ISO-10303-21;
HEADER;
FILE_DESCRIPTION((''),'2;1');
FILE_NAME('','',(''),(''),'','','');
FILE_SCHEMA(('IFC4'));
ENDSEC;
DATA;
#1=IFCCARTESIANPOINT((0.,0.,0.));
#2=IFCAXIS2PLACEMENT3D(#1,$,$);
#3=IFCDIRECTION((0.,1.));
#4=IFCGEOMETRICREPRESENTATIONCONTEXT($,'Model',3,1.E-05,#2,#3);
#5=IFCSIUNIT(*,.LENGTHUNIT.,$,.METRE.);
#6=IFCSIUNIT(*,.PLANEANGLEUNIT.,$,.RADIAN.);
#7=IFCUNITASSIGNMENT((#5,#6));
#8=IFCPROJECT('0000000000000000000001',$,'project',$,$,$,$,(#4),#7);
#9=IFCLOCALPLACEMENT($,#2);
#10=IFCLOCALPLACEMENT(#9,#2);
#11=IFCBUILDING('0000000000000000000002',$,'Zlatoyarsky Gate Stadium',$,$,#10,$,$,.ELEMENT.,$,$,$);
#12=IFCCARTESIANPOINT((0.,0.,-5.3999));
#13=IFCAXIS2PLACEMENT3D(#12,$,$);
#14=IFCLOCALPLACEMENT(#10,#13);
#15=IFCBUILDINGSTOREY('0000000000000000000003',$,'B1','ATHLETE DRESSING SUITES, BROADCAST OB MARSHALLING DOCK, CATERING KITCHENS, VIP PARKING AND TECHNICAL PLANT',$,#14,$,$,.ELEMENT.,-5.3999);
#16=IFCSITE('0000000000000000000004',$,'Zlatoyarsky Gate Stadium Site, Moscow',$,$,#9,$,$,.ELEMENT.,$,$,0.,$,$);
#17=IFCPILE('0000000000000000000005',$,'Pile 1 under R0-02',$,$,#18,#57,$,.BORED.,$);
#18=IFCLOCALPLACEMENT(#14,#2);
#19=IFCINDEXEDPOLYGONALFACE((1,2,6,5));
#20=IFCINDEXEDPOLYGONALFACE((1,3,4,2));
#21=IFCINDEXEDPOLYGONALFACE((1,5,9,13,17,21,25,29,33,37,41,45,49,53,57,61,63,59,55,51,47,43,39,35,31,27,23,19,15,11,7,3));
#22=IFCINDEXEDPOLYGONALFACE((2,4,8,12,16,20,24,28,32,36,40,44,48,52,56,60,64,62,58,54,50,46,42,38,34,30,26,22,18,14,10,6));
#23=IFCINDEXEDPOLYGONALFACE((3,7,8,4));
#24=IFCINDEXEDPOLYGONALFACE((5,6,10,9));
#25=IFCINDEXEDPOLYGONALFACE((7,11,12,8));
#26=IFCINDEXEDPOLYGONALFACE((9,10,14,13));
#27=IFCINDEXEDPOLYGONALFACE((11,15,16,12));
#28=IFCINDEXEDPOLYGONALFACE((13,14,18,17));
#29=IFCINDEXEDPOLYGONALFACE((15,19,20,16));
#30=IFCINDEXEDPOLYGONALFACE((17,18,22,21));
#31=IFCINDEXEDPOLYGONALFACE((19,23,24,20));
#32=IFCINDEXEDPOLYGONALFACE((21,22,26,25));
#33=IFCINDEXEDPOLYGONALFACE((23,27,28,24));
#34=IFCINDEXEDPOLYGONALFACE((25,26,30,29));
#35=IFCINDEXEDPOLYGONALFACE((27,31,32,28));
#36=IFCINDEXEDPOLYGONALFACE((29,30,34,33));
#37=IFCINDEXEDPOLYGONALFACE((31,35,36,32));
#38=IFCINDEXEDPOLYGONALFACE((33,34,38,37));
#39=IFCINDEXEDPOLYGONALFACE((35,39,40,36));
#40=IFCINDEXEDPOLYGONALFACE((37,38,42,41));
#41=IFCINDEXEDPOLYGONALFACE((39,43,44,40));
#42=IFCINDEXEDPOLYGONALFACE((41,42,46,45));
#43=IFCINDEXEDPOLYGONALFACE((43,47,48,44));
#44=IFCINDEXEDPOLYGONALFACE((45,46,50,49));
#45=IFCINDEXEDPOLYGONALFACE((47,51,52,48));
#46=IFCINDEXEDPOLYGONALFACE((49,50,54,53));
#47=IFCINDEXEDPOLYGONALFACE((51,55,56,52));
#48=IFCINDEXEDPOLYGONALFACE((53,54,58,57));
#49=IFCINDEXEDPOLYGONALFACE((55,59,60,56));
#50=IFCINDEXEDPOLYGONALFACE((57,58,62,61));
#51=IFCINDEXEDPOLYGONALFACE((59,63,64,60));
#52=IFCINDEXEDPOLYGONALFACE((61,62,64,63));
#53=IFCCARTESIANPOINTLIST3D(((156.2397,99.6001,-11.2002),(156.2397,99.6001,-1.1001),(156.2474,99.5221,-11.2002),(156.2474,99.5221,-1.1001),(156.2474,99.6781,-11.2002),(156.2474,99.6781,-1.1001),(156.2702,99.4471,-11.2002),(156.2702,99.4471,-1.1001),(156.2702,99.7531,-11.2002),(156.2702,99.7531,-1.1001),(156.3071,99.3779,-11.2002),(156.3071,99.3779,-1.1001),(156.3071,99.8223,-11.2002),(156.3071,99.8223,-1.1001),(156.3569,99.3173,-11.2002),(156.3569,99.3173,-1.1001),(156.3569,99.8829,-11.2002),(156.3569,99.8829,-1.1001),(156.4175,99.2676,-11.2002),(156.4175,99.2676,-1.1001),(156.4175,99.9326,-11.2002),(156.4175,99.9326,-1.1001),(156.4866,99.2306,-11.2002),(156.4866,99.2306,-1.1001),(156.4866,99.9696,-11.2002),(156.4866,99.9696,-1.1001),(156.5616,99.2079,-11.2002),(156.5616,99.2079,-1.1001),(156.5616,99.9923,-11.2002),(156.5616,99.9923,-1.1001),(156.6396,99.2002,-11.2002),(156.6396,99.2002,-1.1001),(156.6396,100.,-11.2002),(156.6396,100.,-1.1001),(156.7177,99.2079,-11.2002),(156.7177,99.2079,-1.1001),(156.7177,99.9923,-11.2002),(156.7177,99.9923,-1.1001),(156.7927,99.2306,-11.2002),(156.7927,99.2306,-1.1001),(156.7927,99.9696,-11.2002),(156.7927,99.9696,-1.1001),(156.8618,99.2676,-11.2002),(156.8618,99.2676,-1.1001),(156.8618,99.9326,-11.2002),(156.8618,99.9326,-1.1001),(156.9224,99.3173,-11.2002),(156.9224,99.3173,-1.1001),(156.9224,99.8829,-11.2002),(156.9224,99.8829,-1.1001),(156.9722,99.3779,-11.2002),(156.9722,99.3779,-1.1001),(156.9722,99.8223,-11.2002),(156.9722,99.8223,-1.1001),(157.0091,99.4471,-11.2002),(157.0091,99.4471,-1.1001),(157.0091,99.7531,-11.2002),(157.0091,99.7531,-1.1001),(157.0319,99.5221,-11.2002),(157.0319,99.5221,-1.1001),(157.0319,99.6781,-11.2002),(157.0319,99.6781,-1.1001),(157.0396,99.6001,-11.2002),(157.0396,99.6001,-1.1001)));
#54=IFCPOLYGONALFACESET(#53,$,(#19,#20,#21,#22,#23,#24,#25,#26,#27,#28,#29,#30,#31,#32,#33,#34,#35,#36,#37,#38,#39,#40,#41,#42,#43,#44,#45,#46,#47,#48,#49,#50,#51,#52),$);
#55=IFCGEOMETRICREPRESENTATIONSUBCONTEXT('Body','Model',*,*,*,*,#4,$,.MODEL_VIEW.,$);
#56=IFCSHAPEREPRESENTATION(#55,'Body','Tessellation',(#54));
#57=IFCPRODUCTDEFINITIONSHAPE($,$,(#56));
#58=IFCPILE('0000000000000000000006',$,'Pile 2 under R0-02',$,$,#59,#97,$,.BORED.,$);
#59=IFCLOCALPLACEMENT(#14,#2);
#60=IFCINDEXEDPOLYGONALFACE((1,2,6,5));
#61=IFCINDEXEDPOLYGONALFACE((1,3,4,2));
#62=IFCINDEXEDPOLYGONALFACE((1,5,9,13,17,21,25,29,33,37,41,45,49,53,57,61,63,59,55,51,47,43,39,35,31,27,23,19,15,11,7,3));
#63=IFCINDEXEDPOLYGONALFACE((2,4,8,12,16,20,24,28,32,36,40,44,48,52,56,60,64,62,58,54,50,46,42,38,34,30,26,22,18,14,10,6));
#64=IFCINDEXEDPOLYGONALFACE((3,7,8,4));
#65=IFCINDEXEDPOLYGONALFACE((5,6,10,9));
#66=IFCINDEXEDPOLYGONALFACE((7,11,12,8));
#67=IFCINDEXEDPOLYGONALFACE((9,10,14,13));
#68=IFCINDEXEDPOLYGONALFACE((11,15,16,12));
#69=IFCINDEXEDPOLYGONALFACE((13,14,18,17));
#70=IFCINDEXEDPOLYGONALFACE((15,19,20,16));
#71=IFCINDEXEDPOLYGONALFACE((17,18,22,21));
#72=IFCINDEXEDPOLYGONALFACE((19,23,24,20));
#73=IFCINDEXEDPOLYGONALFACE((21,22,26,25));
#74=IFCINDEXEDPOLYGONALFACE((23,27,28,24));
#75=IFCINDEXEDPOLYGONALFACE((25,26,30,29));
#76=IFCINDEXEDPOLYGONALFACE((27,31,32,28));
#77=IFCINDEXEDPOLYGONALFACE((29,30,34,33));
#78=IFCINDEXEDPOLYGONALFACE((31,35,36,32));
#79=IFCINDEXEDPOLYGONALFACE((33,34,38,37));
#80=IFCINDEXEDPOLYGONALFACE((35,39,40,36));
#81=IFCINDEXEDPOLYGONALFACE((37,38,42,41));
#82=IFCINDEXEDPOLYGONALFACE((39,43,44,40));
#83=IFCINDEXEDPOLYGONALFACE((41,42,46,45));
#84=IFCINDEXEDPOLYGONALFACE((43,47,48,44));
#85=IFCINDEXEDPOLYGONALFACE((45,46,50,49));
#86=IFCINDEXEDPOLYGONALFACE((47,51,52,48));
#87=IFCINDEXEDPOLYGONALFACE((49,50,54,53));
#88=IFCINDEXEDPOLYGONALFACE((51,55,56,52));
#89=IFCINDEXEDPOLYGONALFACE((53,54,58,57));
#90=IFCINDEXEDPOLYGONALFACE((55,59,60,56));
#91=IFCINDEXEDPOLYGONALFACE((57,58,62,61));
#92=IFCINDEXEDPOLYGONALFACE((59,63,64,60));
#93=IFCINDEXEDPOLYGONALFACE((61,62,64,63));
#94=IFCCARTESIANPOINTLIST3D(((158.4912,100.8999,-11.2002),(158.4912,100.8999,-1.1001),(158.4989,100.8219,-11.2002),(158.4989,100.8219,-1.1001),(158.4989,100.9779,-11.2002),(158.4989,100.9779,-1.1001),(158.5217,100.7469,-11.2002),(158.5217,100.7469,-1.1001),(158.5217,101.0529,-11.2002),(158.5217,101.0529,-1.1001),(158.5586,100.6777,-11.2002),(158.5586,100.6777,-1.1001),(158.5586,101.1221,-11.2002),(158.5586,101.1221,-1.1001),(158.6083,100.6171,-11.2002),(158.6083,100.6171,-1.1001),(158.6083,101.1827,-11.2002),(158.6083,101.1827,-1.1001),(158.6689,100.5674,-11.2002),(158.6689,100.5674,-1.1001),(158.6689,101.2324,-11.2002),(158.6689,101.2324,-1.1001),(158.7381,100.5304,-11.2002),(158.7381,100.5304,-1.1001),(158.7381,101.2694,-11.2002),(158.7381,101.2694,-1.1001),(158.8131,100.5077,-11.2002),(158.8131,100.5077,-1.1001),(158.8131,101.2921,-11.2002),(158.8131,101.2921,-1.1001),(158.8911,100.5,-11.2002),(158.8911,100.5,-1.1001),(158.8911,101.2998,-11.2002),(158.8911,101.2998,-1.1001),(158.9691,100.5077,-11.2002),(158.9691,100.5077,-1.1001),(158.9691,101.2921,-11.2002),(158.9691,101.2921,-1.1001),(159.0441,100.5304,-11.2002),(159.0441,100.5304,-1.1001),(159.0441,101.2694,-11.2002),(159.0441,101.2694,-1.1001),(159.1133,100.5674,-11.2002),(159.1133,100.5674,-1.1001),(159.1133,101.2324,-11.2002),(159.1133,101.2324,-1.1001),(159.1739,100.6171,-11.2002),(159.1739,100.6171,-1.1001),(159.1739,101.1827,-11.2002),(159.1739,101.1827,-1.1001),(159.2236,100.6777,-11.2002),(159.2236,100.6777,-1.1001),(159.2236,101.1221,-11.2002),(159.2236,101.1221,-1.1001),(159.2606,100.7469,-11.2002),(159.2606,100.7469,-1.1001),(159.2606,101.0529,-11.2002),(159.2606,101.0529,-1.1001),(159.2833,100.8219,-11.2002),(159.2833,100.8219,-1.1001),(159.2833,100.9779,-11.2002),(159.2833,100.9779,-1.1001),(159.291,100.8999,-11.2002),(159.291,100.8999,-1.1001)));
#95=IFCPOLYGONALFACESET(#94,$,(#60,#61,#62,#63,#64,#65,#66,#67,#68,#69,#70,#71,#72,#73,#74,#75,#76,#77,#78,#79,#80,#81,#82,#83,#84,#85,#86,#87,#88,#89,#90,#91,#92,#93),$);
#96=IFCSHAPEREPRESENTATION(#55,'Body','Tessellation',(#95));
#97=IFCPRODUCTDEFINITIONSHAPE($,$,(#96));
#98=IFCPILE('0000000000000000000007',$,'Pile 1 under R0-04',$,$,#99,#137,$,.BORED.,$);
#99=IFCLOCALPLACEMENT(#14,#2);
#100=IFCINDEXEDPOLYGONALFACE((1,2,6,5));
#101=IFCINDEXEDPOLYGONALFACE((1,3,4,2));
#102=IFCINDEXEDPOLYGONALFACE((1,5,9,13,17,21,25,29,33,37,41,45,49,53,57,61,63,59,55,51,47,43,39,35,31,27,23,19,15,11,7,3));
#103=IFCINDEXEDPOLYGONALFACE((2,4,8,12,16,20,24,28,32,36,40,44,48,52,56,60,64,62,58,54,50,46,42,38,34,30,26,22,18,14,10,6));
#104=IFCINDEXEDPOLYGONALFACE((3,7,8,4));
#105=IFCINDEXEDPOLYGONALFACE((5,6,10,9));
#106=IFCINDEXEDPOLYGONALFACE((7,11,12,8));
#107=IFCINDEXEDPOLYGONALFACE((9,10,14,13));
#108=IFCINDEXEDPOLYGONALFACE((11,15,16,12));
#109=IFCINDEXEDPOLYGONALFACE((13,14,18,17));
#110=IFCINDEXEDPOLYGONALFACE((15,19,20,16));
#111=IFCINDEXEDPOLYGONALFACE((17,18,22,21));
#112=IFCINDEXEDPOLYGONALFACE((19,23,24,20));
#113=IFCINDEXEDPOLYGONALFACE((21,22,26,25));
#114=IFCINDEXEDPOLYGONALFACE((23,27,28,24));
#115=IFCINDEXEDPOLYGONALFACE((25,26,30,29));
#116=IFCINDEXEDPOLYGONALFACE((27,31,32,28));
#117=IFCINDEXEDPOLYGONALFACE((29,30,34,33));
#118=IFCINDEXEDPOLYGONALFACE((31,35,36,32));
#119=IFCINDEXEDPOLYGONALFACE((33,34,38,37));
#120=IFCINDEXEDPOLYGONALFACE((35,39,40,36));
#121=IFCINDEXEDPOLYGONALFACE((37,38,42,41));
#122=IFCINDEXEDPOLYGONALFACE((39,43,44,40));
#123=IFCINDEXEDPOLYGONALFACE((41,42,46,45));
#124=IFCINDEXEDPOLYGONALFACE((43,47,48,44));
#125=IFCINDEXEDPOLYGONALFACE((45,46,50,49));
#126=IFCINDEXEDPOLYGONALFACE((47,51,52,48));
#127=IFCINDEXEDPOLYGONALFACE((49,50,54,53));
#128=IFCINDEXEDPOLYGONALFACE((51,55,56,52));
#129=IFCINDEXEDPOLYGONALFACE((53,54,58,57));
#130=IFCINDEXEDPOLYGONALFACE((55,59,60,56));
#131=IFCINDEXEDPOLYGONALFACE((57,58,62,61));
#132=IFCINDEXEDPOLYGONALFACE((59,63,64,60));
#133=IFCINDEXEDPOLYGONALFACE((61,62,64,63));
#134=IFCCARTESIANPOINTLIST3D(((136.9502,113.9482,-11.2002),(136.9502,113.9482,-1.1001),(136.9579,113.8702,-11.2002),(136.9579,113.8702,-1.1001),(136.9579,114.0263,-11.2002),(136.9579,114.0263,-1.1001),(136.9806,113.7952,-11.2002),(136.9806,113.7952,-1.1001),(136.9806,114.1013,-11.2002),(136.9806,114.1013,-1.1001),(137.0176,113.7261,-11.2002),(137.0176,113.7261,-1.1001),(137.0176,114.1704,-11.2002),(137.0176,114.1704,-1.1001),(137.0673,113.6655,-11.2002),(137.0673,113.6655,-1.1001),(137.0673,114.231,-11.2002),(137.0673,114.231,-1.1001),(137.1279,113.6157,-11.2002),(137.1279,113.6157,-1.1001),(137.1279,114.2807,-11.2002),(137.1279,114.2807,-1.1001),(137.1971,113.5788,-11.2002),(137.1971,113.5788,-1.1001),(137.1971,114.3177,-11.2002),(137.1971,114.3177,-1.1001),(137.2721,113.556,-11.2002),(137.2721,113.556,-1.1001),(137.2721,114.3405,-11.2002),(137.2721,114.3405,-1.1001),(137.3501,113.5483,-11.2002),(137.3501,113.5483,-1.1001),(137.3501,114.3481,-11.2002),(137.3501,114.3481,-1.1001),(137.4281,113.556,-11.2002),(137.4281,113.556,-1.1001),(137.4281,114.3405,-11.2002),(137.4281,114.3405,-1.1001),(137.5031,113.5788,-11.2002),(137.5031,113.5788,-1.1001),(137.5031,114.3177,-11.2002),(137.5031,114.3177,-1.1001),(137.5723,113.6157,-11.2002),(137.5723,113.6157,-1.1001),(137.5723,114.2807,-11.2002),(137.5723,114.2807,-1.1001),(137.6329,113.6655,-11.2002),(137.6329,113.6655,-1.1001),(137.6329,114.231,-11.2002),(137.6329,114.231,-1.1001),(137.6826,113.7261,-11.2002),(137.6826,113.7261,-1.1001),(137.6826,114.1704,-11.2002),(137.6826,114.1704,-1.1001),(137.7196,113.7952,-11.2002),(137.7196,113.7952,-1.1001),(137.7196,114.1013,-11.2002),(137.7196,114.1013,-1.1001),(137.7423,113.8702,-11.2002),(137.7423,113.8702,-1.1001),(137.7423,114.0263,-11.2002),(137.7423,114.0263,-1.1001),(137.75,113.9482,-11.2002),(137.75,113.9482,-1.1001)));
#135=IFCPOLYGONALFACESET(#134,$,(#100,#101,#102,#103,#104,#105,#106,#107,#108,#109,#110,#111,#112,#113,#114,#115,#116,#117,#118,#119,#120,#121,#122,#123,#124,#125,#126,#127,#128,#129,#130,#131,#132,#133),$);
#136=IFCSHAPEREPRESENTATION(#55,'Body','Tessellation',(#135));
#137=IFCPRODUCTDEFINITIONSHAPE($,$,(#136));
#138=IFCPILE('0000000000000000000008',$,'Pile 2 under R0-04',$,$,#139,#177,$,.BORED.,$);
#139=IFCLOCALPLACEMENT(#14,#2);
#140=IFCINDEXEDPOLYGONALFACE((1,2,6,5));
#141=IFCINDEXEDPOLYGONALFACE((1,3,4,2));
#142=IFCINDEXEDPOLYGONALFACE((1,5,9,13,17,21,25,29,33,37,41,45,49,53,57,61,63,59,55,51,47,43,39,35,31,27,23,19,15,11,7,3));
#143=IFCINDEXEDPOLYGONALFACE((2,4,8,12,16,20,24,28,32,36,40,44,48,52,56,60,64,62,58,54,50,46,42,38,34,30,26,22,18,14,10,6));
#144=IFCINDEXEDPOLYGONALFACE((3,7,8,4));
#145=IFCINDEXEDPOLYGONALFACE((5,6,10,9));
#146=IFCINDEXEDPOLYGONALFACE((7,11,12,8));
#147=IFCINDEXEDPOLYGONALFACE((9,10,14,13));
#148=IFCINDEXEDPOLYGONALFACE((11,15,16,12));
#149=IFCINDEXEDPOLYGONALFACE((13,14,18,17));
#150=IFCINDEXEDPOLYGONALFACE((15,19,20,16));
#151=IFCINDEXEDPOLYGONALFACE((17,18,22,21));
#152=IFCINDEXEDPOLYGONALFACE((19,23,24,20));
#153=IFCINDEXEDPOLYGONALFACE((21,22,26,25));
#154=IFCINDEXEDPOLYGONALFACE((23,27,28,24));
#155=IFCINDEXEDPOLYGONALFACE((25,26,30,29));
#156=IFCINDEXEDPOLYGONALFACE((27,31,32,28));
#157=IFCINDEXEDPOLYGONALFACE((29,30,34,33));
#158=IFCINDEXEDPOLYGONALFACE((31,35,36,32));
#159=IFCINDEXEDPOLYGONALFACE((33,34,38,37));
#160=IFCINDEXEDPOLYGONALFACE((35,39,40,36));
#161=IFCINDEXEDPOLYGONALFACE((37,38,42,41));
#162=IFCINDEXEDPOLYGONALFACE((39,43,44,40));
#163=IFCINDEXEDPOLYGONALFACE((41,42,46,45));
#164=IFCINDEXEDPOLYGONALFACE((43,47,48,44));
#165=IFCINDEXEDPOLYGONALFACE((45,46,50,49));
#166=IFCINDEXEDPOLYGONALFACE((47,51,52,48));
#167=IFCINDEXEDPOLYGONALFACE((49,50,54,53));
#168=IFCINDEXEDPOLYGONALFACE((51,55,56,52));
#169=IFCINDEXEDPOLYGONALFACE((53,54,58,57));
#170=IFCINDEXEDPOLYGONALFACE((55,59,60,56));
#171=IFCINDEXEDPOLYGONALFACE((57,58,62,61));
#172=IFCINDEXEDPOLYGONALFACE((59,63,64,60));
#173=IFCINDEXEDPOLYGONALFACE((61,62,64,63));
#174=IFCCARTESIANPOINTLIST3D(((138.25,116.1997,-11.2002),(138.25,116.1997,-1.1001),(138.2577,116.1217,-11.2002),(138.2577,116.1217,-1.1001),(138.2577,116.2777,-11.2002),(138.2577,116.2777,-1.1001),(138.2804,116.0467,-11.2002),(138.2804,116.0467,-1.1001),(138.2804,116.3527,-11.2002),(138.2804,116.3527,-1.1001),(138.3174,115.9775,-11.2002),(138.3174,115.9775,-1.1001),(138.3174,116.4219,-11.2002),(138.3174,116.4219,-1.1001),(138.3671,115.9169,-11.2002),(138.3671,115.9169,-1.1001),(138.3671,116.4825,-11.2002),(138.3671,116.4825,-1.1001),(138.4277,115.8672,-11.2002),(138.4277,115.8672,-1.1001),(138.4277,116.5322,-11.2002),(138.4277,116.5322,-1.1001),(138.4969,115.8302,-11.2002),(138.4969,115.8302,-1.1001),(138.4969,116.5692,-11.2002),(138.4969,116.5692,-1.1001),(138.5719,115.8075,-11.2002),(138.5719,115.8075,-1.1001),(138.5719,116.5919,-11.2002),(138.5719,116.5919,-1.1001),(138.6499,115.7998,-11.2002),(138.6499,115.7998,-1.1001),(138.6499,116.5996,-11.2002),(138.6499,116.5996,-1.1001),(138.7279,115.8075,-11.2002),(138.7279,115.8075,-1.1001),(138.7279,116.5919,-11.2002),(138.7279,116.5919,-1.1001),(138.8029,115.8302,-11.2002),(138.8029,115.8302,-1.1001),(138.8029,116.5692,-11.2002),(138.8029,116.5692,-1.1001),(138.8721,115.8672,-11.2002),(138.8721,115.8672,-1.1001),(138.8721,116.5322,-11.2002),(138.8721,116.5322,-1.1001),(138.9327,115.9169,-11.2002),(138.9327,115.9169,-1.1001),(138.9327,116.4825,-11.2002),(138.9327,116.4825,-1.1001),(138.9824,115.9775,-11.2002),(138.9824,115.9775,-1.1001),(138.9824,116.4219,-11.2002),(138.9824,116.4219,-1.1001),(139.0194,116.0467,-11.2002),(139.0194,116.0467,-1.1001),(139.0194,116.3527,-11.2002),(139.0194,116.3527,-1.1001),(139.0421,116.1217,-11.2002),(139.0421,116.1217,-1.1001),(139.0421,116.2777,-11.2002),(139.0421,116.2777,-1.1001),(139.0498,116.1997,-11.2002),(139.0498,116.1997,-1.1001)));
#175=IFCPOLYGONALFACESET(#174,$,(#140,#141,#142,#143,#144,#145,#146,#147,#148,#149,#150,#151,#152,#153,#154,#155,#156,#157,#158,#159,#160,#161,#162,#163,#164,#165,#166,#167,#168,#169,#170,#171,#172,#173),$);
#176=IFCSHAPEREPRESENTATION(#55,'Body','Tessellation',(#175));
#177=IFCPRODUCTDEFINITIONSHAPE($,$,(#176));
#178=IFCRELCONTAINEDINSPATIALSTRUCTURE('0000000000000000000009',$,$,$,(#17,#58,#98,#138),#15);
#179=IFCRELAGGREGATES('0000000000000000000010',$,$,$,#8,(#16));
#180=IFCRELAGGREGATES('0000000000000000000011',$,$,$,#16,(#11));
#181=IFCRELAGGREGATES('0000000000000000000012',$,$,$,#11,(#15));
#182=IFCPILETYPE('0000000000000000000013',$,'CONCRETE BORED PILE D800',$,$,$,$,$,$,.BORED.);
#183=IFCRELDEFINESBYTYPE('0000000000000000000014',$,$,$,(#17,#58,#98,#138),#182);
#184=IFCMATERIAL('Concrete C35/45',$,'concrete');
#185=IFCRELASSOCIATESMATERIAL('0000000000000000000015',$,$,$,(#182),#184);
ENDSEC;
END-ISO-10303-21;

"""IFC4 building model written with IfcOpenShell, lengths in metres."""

from ifc_helpers import new_model, si_unit, direction, frame, origin, origin_2d, place, context, subcontext, project, spatial, circle, extrude, material, material_profile, profile_set, type_object, element, save


model = new_model("IFC4")

# Units and contexts
model_context = context("Model", 3, precision=1e-05, world=origin(), true_north=direction((0.0, 1.0)))
body_context = subcontext(model_context, "Body", "Model", "MODEL_VIEW")
ifc_project = project(units=[si_unit("LENGTHUNIT", "METRE"), si_unit("PLANEANGLEUNIT", "RADIAN")], contexts=[model_context])

# Site, building, storey
site_placement = place(None, origin())
site = spatial("IfcSite", under=ifc_project, at=site_placement, Name="Zlatoyarsky Gate Stadium Site, Moscow", CompositionType="ELEMENT", RefElevation=0.0)
building_placement = place(site_placement, origin())
building = spatial("IfcBuilding", under=site, at=building_placement, Name="Zlatoyarsky Gate Stadium", CompositionType="ELEMENT")
storey_placement = place(building_placement, frame((0.0, 0.0, -5.3999)))
storey = spatial("IfcBuildingStorey", under=building, at=storey_placement, Name="B1", Description="ATHLETE DRESSING SUITES, BROADCAST OB MARSHALLING DOCK, CATERING KITCHENS, VIP PARKING AND TECHNICAL PLANT", CompositionType="ELEMENT", Elevation=-5.3999)

# Piles
ifc_material_1 = material(Name="Concrete C35/45", Category="concrete")
ifc_material_profile_1 = material_profile(ifc_material_1, circle(Radius=0.3999, at=origin_2d()), Name="BORED PILE D800")
ifc_profile_set_1 = profile_set([ifc_material_profile_1], Name="Concrete C35/45")
pile_type_1 = type_object("IfcPileType", Name="CONCRETE BORED PILE D800", PredefinedType="BORED", material=ifc_profile_set_1)
for number, where, z_axis, x_axis, name in (
    (1, (156.6396, 99.6001, -1.1001), (0.0, 0.0, -1.0), (1.0, 0.0, 0.0), "Pile 1 under R0-02"),
    (2, (158.8911, 100.8999, -1.1001), (0.0, 0.0, -1.0), (1.0, 0.0, 0.0), "Pile 2 under R0-02"),
    (3, (137.3501, 113.9482, -1.1001), (0.0, 0.0, -1.0), (1.0, 0.0, 0.0), "Pile 1 under R0-04"),
    (4, (138.6499, 116.1997, -1.1001), (0.0, 0.0, -1.0), (1.0, 0.0, 0.0), "Pile 2 under R0-04"),
):
    element("IfcPile", number, at=place(storey_placement, frame(where, z_axis=z_axis, x_axis=x_axis)), inside=storey, type_object=pile_type_1, Name=name, PredefinedType="BORED", context=body_context, shape_type="SweptSolid", body=[
        extrude(circle(Radius=0.3999, at=origin_2d()), origin(), (0.0, 0.0, 1.0), 10.1001),
    ])

save(model, "model.ifc")
